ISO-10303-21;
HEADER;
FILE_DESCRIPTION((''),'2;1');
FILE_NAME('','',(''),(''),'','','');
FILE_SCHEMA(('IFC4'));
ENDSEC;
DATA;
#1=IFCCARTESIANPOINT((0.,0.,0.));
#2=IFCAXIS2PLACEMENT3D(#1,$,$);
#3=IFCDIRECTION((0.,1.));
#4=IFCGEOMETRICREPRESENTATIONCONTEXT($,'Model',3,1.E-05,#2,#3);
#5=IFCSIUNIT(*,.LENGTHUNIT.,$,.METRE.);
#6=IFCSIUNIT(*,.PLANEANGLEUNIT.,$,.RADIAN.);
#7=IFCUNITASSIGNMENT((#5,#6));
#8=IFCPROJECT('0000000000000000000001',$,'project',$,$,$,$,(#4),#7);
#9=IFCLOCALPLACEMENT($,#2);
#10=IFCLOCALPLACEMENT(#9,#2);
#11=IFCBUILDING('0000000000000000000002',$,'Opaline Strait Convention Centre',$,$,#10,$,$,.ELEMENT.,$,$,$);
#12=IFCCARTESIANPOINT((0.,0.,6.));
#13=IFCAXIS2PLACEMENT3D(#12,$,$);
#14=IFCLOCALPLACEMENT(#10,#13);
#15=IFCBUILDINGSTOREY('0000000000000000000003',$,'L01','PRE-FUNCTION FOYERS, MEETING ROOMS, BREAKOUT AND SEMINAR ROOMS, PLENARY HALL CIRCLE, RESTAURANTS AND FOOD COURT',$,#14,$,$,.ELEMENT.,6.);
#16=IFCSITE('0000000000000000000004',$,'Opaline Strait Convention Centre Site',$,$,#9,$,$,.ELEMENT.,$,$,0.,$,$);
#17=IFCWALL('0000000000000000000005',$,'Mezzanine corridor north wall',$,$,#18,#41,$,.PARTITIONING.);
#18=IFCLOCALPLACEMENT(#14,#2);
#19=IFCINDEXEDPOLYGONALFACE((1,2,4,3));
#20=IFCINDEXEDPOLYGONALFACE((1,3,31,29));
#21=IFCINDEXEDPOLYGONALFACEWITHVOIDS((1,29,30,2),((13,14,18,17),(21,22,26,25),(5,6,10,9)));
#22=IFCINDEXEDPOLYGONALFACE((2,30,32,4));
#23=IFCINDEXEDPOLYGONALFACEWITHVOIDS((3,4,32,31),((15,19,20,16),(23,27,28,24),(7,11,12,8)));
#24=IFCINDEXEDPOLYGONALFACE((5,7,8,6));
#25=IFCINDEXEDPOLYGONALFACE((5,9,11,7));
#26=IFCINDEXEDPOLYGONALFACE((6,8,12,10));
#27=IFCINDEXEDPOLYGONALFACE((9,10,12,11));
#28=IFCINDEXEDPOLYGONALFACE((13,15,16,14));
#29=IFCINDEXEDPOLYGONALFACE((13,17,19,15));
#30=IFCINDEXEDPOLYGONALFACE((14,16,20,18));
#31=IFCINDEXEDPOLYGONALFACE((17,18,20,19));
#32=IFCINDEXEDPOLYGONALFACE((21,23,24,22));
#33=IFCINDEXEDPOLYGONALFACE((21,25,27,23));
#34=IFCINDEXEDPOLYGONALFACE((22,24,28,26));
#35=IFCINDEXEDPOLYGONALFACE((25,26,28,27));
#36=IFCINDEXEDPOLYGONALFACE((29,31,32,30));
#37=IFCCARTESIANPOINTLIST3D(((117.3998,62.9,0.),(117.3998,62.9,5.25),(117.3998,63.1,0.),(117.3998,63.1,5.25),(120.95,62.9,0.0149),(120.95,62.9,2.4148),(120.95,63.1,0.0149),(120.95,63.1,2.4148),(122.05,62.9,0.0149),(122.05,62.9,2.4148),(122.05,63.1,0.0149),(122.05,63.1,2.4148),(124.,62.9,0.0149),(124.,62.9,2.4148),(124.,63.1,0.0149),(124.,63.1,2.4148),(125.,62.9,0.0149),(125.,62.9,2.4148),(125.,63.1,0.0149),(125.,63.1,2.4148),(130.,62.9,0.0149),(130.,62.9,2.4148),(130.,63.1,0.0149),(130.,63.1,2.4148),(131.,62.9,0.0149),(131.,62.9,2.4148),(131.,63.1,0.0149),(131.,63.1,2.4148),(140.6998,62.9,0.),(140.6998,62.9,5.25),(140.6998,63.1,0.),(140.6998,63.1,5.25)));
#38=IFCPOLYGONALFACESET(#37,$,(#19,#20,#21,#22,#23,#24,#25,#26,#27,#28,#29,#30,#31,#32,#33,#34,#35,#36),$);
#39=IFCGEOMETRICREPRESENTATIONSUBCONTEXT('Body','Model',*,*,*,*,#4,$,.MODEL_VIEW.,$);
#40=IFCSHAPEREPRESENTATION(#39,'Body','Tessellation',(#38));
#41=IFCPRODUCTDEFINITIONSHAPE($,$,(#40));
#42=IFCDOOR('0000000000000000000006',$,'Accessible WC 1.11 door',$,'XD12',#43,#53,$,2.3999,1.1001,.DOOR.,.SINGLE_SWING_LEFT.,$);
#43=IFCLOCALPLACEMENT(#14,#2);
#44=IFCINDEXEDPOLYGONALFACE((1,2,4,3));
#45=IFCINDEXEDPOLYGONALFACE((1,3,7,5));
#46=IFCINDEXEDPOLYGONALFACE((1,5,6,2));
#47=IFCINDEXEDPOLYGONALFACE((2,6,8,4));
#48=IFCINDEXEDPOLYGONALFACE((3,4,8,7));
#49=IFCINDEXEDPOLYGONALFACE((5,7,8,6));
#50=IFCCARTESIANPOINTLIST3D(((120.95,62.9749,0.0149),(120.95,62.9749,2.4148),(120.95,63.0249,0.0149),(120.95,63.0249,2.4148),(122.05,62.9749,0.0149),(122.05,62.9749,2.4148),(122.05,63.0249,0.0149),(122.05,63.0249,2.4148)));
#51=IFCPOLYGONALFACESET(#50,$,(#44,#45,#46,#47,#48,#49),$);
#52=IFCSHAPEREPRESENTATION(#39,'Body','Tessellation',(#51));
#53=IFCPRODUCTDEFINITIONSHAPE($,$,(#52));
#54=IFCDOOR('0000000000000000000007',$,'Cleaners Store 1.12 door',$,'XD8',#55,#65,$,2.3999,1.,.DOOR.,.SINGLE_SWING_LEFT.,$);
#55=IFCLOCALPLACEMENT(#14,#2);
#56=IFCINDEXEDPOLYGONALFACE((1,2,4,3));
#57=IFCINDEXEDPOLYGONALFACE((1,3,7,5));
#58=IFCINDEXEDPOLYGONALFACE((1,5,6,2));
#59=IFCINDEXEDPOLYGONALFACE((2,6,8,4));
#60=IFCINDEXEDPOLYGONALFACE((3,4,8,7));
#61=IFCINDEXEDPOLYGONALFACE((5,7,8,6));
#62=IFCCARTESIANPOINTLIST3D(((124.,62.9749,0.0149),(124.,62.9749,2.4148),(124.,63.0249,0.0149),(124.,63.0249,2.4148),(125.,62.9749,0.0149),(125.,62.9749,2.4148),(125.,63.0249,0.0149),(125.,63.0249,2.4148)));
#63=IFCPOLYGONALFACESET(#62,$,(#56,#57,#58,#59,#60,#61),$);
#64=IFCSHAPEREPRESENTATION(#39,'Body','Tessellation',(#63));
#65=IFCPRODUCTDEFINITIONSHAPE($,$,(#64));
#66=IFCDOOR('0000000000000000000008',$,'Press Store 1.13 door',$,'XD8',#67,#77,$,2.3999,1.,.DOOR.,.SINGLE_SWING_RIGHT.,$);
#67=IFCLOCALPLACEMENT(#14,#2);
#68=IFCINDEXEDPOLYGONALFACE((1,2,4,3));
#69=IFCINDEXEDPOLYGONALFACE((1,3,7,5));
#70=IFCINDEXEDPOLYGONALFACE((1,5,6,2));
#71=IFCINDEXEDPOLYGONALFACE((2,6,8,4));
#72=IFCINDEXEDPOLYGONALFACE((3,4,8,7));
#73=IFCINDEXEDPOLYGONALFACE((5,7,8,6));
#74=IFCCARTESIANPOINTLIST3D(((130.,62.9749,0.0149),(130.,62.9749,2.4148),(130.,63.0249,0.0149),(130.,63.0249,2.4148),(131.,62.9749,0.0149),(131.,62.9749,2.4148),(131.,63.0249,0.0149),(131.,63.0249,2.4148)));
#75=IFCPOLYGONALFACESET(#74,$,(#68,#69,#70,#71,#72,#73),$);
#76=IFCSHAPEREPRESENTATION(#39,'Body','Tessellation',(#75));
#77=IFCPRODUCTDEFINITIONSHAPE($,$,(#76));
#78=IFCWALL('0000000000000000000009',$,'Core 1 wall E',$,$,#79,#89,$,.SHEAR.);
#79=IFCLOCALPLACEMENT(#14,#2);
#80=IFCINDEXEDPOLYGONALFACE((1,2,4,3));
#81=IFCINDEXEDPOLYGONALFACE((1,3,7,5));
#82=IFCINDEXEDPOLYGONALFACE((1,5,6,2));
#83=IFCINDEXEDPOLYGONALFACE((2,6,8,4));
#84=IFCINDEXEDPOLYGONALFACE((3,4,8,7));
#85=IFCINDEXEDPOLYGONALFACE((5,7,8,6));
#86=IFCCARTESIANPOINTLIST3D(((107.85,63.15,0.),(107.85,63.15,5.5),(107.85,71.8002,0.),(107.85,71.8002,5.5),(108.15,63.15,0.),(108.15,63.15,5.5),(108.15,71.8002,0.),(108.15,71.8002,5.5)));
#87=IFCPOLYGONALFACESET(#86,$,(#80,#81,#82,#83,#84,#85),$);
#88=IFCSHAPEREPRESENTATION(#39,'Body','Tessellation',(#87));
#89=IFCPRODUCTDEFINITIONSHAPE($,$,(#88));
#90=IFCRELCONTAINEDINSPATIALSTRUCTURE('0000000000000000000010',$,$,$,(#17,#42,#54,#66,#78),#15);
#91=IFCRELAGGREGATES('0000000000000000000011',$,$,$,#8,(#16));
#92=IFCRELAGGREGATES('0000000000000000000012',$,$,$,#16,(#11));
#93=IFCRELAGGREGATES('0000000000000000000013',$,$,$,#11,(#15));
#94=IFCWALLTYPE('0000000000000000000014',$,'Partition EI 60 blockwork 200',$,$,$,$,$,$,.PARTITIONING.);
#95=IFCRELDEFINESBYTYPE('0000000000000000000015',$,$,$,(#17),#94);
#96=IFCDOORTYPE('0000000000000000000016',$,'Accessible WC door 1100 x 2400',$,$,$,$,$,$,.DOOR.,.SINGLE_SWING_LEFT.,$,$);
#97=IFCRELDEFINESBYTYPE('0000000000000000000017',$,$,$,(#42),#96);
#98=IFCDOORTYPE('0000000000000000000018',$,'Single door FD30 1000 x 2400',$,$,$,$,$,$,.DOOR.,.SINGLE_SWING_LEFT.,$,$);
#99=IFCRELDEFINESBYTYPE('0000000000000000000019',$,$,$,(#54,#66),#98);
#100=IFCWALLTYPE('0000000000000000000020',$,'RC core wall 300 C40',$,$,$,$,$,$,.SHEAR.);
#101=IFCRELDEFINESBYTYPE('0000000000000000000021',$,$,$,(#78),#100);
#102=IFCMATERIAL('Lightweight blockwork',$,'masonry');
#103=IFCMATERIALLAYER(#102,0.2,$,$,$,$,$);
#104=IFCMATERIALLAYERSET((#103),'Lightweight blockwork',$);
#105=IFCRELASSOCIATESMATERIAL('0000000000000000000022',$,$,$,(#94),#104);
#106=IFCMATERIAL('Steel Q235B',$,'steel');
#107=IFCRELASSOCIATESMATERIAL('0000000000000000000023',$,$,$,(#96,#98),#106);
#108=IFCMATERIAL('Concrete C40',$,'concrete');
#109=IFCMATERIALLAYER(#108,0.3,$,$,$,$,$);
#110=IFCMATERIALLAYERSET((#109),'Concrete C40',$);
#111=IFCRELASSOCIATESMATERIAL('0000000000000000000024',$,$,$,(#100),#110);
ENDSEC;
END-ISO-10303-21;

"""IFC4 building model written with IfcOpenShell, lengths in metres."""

from ifc_helpers import new_model, si_unit, direction, frame, frame_2d, origin, place, context, subcontext, project, spatial, rectangle, extrude, material, layer, layer_set, type_object, element, fill, save


model = new_model("IFC4")

# Units and contexts
model_context = context("Model", 3, precision=1e-05, world=origin(), true_north=direction((0.0, 1.0)))
body_context = subcontext(model_context, "Body", "Model", "MODEL_VIEW")
ifc_project = project(units=[si_unit("LENGTHUNIT", "METRE"), si_unit("PLANEANGLEUNIT", "RADIAN")], contexts=[model_context])

# Site, building, storey
site_placement = place(None, origin())
site = spatial("IfcSite", under=ifc_project, at=site_placement, Name="Opaline Strait Convention Centre Site", CompositionType="ELEMENT", RefElevation=0.0)
building_placement = place(site_placement, origin())
building = spatial("IfcBuilding", under=site, at=building_placement, Name="Opaline Strait Convention Centre", CompositionType="ELEMENT")
storey_placement = place(building_placement, frame((0.0, 0.0, 6.0)))
storey = spatial("IfcBuildingStorey", under=building, at=storey_placement, Name="L01", Description="PRE-FUNCTION FOYERS, MEETING ROOMS, BREAKOUT AND SEMINAR ROOMS, PLENARY HALL CIRCLE, RESTAURANTS AND FOOD COURT", CompositionType="ELEMENT", Elevation=6.0)

# Shared definitions
ifc_material_1 = material(Name="Concrete C40", Category="concrete")

# Shared definitions
ifc_material_2 = material(Name="Lightweight blockwork", Category="masonry")

# Wall, openings, doors
ifc_layer_1 = layer(ifc_material_2, 0.2)
ifc_layer_set_1 = layer_set([ifc_layer_1], Name="Lightweight blockwork")
wall_type_1 = type_object("IfcWallType", Name="Partition EI 60 blockwork 200", PredefinedType="PARTITIONING", material=ifc_layer_set_1)
ifc_material_3 = material(Name="Steel Q235B", Category="steel")
wall_1_placement = place(storey_placement, frame((117.3999, 63.0, 0.0), z_axis=(0.0, 0.0, 1.0), x_axis=(1.0, 0.0, 0.0)))
wall_1 = element("IfcWall", 1, at=wall_1_placement, inside=storey, type_object=wall_type_1, Name="Mezzanine corridor north wall", PredefinedType="PARTITIONING", context=body_context, shape_type="SweptSolid", body=[
    extrude(rectangle(XDim=23.3, YDim=0.2, at=frame_2d((11.6499, 0.0))), origin(), (0.0, 0.0, 1.0), 5.25),
])
opening_1_placement = place(wall_1_placement, frame((3.55, 0.0, 0.0149)))
opening_1 = element("IfcOpeningElement", 2, at=opening_1_placement, cuts=wall_1, PredefinedType="OPENING", context=body_context, shape_type="SweptSolid", body=[
    extrude(rectangle(XDim=1.1001, YDim=2.3999, at=frame_2d((0.55, 1.2))), frame((0.0, 0.1099, 0.0), z_axis=(0.0, -1.0, 0.0), x_axis=(1.0, 0.0, 0.0)), (0.0, 0.0, 1.0), 0.22),
])
opening_2_placement = place(wall_1_placement, frame((6.6001, 0.0, 0.0149)))
opening_2 = element("IfcOpeningElement", 3, at=opening_2_placement, cuts=wall_1, PredefinedType="OPENING", context=body_context, shape_type="SweptSolid", body=[
    extrude(rectangle(XDim=1.0, YDim=2.3999, at=frame_2d((0.5, 1.2))), frame((0.0, 0.1099, 0.0), z_axis=(0.0, -1.0, 0.0), x_axis=(1.0, 0.0, 0.0)), (0.0, 0.0, 1.0), 0.22),
])
opening_3_placement = place(wall_1_placement, frame((12.6001, 0.0, 0.0149)))
opening_3 = element("IfcOpeningElement", 4, at=opening_3_placement, cuts=wall_1, PredefinedType="OPENING", context=body_context, shape_type="SweptSolid", body=[
    extrude(rectangle(XDim=1.0, YDim=2.3999, at=frame_2d((0.5, 1.2))), frame((0.0, 0.1099, 0.0), z_axis=(0.0, -1.0, 0.0), x_axis=(1.0, 0.0, 0.0)), (0.0, 0.0, 1.0), 0.22),
])
door_type_1 = type_object("IfcDoorType", Name="Accessible WC door 1100 x 2400", OperationType="SINGLE_SWING_LEFT", PredefinedType="DOOR", material=ifc_material_3)
door_1_placement = place(opening_1_placement, origin())
door_1 = element("IfcDoor", 5, at=door_1_placement, inside=storey, type_object=door_type_1, Name="Accessible WC 1.11 door", ObjectType="XD12", OperationType="SINGLE_SWING_LEFT", OverallHeight=2.3999, OverallWidth=1.1001, PredefinedType="DOOR", context=body_context, shape_type="SweptSolid", body=[
    extrude(rectangle(XDim=1.1001, YDim=2.3999, at=frame_2d((0.55, 1.2))), frame((0.0, 0.0249, 0.0), z_axis=(0.0, -1.0, 0.0), x_axis=(1.0, 0.0, 0.0)), (0.0, 0.0, 1.0), 0.05),
])
fill(opening_1, door_1)
door_type_2 = type_object("IfcDoorType", Name="Single door FD30 1000 x 2400", OperationType="SINGLE_SWING_LEFT", PredefinedType="DOOR", material=ifc_material_3)
door_2_placement = place(opening_2_placement, origin())
door_2 = element("IfcDoor", 6, at=door_2_placement, inside=storey, type_object=door_type_2, Name="Cleaners Store 1.12 door", ObjectType="XD8", OperationType="SINGLE_SWING_LEFT", OverallHeight=2.3999, OverallWidth=1.0, PredefinedType="DOOR", context=body_context, shape_type="SweptSolid", body=[
    extrude(rectangle(XDim=1.0, YDim=2.3999, at=frame_2d((0.5, 1.2))), frame((0.0, 0.0249, 0.0), z_axis=(0.0, -1.0, 0.0), x_axis=(1.0, 0.0, 0.0)), (0.0, 0.0, 1.0), 0.05),
])
fill(opening_2, door_2)
door_3_placement = place(opening_3_placement, origin())
door_3 = element("IfcDoor", 7, at=door_3_placement, inside=storey, type_object=door_type_2, Name="Press Store 1.13 door", ObjectType="XD8", OperationType="SINGLE_SWING_RIGHT", OverallHeight=2.3999, OverallWidth=1.0, PredefinedType="DOOR", context=body_context, shape_type="SweptSolid", body=[
    extrude(rectangle(XDim=1.0, YDim=2.3999, at=frame_2d((0.5, 1.2))), frame((0.0, 0.0249, 0.0), z_axis=(0.0, -1.0, 0.0), x_axis=(1.0, 0.0, 0.0)), (0.0, 0.0, 1.0), 0.05),
])
fill(opening_3, door_3)

# Wall
ifc_layer_2 = layer(ifc_material_1, 0.3)
ifc_layer_set_2 = layer_set([ifc_layer_2], Name="Concrete C40")
wall_type_2 = type_object("IfcWallType", Name="RC core wall 300 C40", PredefinedType="SHEAR", material=ifc_layer_set_2)
wall_2_placement = place(storey_placement, frame((108.0, 63.1499, 0.0), z_axis=(0.0, 0.0, 1.0), x_axis=(0.0, 1.0, 0.0)))
element("IfcWall", 8, at=wall_2_placement, inside=storey, type_object=wall_type_2, Name="Core 1 wall E", PredefinedType="SHEAR", context=body_context, shape_type="SweptSolid", body=[
    extrude(rectangle(XDim=8.6501, YDim=0.3, at=frame_2d((4.3252, 0.0))), origin(), (0.0, 0.0, 1.0), 5.5),
])

save(model, "model.ifc")
